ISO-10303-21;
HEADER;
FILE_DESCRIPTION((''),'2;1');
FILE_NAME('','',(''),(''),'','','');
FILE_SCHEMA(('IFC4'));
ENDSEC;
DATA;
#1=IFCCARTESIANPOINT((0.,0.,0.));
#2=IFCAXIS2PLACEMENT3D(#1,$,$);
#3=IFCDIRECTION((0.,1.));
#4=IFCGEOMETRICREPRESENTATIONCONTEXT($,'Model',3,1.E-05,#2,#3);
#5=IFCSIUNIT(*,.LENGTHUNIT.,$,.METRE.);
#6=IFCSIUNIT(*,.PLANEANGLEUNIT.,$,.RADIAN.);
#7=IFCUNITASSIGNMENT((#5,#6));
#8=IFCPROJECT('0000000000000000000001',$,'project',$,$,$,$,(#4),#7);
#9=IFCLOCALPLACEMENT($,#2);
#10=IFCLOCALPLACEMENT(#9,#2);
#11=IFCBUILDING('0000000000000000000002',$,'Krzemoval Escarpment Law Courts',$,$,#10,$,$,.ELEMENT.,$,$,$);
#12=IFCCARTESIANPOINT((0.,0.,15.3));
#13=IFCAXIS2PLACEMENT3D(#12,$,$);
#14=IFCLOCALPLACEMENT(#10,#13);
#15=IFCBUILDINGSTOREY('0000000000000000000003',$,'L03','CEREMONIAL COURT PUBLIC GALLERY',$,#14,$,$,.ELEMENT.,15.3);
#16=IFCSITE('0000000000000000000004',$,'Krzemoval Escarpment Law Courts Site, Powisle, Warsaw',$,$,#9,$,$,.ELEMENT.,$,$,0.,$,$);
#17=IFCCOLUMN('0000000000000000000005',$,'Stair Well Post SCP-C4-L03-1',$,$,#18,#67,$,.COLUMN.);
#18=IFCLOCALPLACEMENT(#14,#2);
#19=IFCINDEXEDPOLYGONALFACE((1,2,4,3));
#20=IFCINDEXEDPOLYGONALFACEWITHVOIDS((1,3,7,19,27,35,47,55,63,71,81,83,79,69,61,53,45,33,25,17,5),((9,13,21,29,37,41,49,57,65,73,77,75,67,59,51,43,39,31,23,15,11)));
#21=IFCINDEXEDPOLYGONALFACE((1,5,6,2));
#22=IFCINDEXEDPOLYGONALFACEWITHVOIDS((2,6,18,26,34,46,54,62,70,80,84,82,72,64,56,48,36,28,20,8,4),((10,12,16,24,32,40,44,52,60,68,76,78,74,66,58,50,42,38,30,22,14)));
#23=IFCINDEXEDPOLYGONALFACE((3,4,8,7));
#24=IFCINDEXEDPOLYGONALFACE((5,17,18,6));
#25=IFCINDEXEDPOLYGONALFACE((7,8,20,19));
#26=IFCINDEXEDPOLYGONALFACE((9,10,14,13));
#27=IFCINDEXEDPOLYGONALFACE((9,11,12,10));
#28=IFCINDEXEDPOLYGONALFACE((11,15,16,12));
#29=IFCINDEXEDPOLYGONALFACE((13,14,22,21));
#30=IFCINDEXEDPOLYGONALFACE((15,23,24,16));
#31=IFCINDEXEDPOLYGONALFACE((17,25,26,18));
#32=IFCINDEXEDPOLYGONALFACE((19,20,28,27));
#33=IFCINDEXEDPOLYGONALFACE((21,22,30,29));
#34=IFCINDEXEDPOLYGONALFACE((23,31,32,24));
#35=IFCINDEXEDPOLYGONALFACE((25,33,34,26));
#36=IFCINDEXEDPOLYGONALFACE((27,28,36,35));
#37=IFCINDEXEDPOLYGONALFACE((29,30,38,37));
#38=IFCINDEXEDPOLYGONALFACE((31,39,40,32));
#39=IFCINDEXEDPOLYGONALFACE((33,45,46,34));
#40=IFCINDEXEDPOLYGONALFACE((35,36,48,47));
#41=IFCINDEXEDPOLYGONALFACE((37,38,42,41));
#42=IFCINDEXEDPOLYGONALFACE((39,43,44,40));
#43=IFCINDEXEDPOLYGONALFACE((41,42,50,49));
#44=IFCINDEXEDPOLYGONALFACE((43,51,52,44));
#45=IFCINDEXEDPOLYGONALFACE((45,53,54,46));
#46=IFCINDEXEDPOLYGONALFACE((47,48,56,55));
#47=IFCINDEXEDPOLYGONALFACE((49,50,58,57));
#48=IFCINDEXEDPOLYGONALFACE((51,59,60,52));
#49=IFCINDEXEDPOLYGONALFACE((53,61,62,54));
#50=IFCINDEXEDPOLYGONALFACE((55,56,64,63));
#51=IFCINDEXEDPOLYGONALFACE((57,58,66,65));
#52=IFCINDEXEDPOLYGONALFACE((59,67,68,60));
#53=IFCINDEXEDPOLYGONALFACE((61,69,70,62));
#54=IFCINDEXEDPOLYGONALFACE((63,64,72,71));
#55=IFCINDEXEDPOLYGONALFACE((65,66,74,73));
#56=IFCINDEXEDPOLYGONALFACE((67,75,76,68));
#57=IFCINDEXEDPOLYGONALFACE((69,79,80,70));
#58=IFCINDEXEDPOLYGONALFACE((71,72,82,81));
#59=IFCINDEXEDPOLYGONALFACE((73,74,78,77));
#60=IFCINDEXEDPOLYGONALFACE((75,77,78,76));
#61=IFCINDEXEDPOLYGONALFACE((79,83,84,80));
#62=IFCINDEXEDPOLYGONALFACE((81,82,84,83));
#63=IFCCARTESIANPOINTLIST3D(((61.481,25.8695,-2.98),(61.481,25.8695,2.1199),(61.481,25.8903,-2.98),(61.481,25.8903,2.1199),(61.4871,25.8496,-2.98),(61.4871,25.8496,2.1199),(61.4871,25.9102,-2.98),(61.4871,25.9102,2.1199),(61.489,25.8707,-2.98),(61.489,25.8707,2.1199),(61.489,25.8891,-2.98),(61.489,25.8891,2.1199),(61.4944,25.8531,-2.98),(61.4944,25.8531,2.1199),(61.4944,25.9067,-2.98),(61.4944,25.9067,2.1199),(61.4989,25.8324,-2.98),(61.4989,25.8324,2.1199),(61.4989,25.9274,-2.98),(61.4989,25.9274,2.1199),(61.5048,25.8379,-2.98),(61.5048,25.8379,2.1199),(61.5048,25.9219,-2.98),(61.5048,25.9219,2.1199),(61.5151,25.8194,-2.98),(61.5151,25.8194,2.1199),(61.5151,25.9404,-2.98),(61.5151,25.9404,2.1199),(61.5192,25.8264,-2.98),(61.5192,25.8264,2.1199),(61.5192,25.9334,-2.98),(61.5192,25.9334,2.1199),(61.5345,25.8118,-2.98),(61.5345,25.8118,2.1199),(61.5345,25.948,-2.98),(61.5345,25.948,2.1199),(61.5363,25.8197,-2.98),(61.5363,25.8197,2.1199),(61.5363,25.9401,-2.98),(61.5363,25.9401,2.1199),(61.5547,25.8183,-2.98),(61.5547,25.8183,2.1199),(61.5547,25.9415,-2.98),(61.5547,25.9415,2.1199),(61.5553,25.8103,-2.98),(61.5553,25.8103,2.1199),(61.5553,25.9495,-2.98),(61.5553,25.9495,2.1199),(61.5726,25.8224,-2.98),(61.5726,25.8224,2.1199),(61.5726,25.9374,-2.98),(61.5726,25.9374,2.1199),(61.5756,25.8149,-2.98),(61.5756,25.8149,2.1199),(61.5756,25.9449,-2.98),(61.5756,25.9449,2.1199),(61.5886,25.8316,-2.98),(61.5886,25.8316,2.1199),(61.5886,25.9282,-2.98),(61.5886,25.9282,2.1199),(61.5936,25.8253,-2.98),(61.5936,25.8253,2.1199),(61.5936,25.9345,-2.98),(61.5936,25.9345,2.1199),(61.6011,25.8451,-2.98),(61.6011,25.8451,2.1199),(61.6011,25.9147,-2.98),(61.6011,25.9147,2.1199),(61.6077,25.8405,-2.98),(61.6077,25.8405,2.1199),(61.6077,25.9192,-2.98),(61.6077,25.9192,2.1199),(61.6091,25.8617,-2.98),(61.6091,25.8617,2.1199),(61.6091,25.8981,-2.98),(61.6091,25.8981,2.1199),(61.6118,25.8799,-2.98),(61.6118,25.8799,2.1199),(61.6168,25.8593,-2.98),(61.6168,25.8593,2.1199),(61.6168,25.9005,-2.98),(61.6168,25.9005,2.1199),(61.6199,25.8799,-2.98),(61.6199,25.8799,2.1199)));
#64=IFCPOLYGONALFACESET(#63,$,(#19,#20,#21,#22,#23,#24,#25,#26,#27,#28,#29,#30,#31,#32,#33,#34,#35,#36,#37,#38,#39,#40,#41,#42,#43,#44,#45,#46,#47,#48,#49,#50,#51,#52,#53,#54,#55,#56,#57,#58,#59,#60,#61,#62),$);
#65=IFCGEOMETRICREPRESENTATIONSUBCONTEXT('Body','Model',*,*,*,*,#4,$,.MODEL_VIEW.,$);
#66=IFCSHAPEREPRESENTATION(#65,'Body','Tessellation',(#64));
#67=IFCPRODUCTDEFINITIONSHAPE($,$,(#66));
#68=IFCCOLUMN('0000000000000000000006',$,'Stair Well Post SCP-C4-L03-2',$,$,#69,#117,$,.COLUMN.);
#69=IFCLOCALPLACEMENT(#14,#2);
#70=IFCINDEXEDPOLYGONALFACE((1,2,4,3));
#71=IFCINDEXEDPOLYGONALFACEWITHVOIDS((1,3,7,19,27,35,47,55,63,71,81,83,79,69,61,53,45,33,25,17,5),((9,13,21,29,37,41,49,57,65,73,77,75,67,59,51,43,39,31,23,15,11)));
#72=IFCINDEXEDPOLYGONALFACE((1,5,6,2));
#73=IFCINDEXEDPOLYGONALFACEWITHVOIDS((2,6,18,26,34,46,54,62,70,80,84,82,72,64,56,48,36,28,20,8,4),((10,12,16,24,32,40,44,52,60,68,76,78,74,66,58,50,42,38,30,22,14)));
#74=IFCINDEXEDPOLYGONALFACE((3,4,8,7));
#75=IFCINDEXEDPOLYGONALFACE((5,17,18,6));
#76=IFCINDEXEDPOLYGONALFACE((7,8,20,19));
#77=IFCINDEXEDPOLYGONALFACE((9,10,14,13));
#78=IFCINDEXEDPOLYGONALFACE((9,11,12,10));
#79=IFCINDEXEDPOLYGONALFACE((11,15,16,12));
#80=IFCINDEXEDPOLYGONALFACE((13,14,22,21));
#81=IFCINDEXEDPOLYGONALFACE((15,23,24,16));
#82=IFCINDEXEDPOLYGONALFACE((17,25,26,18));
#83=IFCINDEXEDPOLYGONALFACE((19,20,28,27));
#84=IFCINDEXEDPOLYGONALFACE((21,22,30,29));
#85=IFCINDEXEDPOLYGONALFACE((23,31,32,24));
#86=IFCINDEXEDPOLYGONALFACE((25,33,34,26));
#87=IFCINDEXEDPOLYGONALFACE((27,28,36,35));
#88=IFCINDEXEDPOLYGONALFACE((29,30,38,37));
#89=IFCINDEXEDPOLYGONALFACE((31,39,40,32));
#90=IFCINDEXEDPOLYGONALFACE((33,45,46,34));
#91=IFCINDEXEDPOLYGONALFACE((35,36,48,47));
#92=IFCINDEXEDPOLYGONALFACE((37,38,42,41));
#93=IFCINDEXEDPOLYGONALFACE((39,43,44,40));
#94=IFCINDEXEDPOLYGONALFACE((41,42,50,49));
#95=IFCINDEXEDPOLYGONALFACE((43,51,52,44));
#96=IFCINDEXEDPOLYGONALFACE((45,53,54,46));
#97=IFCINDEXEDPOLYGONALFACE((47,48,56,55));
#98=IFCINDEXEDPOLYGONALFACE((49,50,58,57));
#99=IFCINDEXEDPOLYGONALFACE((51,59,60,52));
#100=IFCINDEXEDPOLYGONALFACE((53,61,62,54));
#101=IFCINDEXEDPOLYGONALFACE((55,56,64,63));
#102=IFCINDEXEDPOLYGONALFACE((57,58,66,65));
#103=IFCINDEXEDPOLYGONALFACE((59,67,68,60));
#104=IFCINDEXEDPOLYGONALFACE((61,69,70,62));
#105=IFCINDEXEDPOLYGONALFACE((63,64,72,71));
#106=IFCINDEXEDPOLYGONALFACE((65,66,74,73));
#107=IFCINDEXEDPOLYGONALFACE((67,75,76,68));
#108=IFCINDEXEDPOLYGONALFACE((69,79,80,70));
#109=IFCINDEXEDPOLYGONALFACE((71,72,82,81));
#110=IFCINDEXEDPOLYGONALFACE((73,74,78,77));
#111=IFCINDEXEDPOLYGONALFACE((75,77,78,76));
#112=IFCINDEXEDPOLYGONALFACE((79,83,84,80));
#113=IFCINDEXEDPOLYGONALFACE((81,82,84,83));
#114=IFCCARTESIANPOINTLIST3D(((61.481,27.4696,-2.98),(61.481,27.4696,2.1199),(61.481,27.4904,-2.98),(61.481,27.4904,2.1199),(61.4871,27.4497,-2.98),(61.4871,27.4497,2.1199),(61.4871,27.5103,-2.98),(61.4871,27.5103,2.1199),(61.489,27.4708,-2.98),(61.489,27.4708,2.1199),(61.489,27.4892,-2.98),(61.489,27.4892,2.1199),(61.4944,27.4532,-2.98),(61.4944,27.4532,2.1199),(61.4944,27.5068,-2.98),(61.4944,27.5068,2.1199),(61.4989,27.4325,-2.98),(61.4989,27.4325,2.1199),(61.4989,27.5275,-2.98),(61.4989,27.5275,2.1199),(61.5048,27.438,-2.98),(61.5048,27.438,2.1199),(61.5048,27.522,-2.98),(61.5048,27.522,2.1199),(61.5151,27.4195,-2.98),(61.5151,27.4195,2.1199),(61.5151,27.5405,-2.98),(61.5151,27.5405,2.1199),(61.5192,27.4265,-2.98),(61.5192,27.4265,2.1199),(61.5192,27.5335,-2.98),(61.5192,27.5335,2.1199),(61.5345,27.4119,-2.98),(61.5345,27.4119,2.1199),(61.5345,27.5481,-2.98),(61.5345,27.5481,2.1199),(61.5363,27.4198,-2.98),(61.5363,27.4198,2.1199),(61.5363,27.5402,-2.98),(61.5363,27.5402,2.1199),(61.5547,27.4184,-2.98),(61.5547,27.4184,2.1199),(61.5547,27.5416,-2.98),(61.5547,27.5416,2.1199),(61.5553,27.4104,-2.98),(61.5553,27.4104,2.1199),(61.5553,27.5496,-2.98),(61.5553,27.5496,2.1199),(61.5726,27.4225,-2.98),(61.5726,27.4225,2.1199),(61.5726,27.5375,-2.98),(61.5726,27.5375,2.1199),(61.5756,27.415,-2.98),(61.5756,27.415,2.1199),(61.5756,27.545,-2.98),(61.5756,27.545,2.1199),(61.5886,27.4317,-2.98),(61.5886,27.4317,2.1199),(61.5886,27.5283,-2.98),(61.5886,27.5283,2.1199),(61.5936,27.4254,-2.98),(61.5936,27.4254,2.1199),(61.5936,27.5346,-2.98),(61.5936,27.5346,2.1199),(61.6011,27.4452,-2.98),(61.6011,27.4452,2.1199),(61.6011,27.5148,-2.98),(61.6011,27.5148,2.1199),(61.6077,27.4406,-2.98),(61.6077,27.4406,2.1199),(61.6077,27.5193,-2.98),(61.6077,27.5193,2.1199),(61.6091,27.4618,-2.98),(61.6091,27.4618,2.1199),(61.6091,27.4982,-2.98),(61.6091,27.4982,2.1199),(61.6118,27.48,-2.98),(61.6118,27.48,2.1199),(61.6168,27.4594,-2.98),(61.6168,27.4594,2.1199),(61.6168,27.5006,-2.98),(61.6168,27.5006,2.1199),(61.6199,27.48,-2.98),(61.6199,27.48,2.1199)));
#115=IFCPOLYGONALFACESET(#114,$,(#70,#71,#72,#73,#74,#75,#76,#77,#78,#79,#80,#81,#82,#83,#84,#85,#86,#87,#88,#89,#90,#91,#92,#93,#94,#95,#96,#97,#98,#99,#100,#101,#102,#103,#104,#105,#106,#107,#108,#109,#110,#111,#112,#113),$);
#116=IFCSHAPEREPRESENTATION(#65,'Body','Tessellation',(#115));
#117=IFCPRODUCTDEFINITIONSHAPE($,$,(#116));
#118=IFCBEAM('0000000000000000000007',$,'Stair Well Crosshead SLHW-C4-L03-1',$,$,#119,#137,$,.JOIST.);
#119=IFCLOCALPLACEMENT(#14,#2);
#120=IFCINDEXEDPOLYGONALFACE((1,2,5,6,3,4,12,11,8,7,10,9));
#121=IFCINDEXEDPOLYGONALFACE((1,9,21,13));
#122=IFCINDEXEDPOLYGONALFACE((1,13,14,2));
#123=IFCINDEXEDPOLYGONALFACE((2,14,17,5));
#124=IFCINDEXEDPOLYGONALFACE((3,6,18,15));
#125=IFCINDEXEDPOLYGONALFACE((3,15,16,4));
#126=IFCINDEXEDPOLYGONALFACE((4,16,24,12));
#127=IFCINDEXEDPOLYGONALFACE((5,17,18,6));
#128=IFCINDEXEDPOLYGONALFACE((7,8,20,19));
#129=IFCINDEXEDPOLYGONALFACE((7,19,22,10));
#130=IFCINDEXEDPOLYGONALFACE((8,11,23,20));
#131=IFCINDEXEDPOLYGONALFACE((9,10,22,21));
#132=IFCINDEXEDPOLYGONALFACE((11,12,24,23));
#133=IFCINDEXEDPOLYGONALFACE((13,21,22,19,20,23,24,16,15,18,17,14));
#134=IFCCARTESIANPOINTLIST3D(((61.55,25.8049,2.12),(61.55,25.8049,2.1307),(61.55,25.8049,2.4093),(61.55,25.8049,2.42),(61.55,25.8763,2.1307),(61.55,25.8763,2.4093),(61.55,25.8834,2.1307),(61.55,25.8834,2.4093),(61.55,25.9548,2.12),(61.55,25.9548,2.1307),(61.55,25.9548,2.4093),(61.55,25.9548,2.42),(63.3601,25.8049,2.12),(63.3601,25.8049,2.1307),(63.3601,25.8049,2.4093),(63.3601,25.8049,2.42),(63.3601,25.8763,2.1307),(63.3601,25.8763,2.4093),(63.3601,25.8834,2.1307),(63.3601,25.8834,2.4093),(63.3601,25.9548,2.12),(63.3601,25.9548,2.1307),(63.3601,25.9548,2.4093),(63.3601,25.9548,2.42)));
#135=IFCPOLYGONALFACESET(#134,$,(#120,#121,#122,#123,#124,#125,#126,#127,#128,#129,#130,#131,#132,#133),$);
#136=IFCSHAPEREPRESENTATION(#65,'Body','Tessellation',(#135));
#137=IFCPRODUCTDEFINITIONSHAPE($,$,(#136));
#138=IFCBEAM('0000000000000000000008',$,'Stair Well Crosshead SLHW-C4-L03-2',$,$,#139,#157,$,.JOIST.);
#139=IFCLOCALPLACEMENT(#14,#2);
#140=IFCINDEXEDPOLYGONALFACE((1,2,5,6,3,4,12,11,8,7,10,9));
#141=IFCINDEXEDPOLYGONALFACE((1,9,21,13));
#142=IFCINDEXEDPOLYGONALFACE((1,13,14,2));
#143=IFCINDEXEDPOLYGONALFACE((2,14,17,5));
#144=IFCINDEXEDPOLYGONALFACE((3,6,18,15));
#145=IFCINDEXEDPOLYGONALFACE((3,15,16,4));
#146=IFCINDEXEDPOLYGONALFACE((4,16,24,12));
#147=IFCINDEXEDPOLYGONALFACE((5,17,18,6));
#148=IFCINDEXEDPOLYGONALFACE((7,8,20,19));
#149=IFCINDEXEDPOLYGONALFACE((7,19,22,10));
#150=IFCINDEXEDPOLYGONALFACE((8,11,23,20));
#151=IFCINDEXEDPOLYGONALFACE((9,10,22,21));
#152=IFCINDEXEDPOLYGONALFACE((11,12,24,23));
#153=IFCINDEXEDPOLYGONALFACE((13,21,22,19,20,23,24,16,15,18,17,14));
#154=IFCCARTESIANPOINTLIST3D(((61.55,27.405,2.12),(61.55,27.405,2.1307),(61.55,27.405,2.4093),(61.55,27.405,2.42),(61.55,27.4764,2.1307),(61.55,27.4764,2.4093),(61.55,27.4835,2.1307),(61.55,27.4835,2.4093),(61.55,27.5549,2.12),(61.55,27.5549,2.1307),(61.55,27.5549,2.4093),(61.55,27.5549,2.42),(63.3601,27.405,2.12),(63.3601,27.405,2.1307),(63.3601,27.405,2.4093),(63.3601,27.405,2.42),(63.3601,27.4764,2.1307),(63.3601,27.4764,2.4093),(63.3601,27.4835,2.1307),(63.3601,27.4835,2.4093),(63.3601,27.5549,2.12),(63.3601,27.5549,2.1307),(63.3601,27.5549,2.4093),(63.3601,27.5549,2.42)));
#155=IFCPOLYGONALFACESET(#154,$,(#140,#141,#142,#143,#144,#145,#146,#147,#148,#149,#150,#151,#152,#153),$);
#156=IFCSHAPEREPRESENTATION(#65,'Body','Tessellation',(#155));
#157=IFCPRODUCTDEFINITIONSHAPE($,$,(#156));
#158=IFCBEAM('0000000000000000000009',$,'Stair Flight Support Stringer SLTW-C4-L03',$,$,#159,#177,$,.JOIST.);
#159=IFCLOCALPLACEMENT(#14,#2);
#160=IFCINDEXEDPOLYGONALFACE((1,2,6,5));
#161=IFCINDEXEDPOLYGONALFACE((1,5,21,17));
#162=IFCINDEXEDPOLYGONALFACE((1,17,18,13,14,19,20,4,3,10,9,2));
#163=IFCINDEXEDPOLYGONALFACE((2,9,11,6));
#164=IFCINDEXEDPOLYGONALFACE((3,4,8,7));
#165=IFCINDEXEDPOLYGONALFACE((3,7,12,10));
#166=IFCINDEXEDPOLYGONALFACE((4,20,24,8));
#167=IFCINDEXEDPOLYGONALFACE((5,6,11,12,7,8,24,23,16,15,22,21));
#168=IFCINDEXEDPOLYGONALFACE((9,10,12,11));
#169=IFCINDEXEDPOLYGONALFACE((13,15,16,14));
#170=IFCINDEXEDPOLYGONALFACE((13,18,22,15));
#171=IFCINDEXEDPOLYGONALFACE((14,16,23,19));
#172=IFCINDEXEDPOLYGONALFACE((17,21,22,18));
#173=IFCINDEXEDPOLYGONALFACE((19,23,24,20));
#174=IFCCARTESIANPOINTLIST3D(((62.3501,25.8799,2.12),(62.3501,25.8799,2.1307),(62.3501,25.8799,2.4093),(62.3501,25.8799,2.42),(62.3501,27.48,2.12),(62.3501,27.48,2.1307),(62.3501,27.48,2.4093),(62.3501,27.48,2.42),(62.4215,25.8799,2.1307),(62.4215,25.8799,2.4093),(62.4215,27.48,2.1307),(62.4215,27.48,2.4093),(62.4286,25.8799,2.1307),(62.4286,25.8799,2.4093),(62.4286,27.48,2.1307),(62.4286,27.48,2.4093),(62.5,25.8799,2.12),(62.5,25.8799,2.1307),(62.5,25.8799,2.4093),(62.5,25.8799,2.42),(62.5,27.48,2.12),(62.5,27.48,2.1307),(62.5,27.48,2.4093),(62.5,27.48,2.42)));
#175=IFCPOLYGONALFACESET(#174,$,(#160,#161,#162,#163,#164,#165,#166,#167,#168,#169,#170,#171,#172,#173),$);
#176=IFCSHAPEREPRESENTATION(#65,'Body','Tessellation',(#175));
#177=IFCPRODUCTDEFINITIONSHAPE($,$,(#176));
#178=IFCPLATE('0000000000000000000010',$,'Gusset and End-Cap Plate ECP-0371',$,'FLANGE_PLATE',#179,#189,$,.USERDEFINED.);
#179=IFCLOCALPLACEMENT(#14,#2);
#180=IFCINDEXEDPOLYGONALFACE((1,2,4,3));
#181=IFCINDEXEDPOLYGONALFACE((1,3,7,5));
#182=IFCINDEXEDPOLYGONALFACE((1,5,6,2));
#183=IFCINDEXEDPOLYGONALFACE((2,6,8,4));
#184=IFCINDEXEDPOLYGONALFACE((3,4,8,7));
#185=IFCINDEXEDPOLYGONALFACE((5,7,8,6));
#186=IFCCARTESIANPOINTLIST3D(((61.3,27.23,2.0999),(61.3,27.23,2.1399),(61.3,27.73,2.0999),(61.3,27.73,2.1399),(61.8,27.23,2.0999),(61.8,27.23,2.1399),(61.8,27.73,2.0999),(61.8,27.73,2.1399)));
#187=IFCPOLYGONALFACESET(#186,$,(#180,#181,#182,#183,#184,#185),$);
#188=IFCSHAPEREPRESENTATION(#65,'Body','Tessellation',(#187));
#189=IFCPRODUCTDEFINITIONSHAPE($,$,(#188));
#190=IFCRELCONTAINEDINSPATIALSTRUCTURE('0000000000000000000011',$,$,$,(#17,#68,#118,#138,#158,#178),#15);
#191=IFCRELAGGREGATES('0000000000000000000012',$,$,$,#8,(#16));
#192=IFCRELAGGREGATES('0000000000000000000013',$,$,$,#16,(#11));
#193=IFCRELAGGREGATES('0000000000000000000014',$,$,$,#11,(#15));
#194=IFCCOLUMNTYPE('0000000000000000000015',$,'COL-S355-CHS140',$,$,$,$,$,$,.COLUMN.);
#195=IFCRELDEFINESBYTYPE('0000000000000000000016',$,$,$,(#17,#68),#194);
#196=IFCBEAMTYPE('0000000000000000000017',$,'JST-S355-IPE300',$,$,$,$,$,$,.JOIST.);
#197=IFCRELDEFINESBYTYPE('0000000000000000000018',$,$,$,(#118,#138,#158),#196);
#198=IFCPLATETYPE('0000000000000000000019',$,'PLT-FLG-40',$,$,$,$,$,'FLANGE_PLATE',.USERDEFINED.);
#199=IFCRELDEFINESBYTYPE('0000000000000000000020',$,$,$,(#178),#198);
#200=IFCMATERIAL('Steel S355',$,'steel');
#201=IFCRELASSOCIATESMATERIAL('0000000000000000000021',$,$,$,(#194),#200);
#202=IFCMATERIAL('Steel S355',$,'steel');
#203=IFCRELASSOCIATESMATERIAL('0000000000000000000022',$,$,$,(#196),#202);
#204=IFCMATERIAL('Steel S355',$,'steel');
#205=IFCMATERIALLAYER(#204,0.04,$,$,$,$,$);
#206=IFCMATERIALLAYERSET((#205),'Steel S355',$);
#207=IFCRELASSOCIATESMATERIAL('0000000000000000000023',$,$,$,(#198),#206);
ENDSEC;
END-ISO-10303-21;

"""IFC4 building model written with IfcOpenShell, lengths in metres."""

from ifc_helpers import new_model, si_unit, direction, frame, origin, origin_2d, place, context, subcontext, project, spatial, rectangle, hollow_circle, i_section, extrude, material, layer, layer_set, material_profile, profile_set, type_object, element, save


model = new_model("IFC4")

# Units and contexts
model_context = context("Model", 3, precision=1e-05, world=origin(), true_north=direction((0.0, 1.0)))
body_context = subcontext(model_context, "Body", "Model", "MODEL_VIEW")
ifc_project = project(units=[si_unit("LENGTHUNIT", "METRE"), si_unit("PLANEANGLEUNIT", "RADIAN")], contexts=[model_context])

# Site, building, storey
site_placement = place(None, origin())
site = spatial("IfcSite", under=ifc_project, at=site_placement, Name="Krzemoval Escarpment Law Courts Site, Powisle, Warsaw", CompositionType="ELEMENT", RefElevation=0.0)
building_placement = place(site_placement, origin())
building = spatial("IfcBuilding", under=site, at=building_placement, Name="Krzemoval Escarpment Law Courts", CompositionType="ELEMENT")
storey_placement = place(building_placement, frame((0.0, 0.0, 15.3)))
storey = spatial("IfcBuildingStorey", under=building, at=storey_placement, Name="L03", Description="CEREMONIAL COURT PUBLIC GALLERY", CompositionType="ELEMENT", Elevation=15.3)

# Columns
ifc_material_1 = material(Name="Steel S355", Category="steel")
ifc_material_profile_1 = material_profile(ifc_material_1, hollow_circle(Radius=0.0698, WallThickness=0.0081, at=origin_2d()), Name="CHS 139.7x8")
ifc_profile_set_1 = profile_set([ifc_material_profile_1], Name="Steel S355")
column_type = type_object("IfcColumnType", Name="COL-S355-CHS140", PredefinedType="COLUMN", material=ifc_profile_set_1)
for number, where, z_axis, x_axis, name in (
    (1, (61.55, 25.8799, -2.98), (0.0, 0.0, 1.0), (1.0, 0.0, 0.0), "Stair Well Post SCP-C4-L03-1"),
    (2, (61.55, 27.48, -2.98), (0.0, 0.0, 1.0), (1.0, 0.0, 0.0), "Stair Well Post SCP-C4-L03-2"),
):
    element("IfcColumn", number, at=place(storey_placement, frame(where, z_axis=z_axis, x_axis=x_axis)), inside=storey, type_object=column_type, Name=name, PredefinedType="COLUMN", context=body_context, shape_type="SweptSolid", body=[
        extrude(hollow_circle(Radius=0.0698, WallThickness=0.0081, at=origin_2d()), origin(), (0.0, 0.0, 1.0), 5.0999),
    ])

# Beams
ifc_material_2 = material(Name="Steel S355", Category="steel")
ifc_material_profile_2 = material_profile(ifc_material_2, i_section(OverallWidth=0.1499, OverallDepth=0.3, WebThickness=0.0071, FlangeThickness=0.0107, at=origin_2d()), Name="IPE 300")
ifc_profile_set_2 = profile_set([ifc_material_profile_2], Name="Steel S355")
beam_type = type_object("IfcBeamType", Name="JST-S355-IPE300", PredefinedType="JOIST", material=ifc_profile_set_2)
for number, where, z_axis, x_axis, name in (
    (3, (61.55, 25.8799, 2.27), (1.0, 0.0, 0.0), (0.0, 1.0, 0.0), "Stair Well Crosshead SLHW-C4-L03-1"),
    (4, (61.55, 27.48, 2.27), (1.0, 0.0, 0.0), (0.0, 1.0, 0.0), "Stair Well Crosshead SLHW-C4-L03-2"),
):
    element("IfcBeam", number, at=place(storey_placement, frame(where, z_axis=z_axis, x_axis=x_axis)), inside=storey, type_object=beam_type, Name=name, PredefinedType="JOIST", context=body_context, shape_type="SweptSolid", body=[
        extrude(i_section(OverallWidth=0.1499, OverallDepth=0.3, WebThickness=0.0071, FlangeThickness=0.0107, at=origin_2d()), origin(), (0.0, 0.0, 1.0), 1.8101),
    ])
beam_placement = place(storey_placement, frame((62.425, 25.8799, 2.27), z_axis=(0.0, 1.0, 0.0), x_axis=(-1.0, 0.0, 0.0)))
element("IfcBeam", 5, at=beam_placement, inside=storey, type_object=beam_type, Name="Stair Flight Support Stringer SLTW-C4-L03", PredefinedType="JOIST", context=body_context, shape_type="SweptSolid", body=[
    extrude(i_section(OverallWidth=0.1499, OverallDepth=0.3, WebThickness=0.0071, FlangeThickness=0.0107, at=origin_2d()), origin(), (0.0, 0.0, 1.0), 1.6001),
])

# Plate
ifc_material_3 = material(Name="Steel S355", Category="steel")
ifc_layer_1 = layer(ifc_material_3, 0.04)
ifc_layer_set_1 = layer_set([ifc_layer_1], Name="Steel S355")
plate_type_1 = type_object("IfcPlateType", Name="PLT-FLG-40", ElementType="FLANGE_PLATE", PredefinedType="USERDEFINED", material=ifc_layer_set_1)
plate_1_placement = place(storey_placement, frame((61.55, 27.48, 2.0999), z_axis=(0.0, 0.0, 1.0), x_axis=(1.0, 0.0, 0.0)))
element("IfcPlate", 6, at=plate_1_placement, inside=storey, type_object=plate_type_1, Name="Gusset and End-Cap Plate ECP-0371", ObjectType="FLANGE_PLATE", PredefinedType="USERDEFINED", context=body_context, shape_type="SweptSolid", body=[
    extrude(rectangle(XDim=0.5, YDim=0.5, at=origin_2d()), origin(), (0.0, 0.0, 1.0), 0.04),
])

save(model, "model.ifc")
